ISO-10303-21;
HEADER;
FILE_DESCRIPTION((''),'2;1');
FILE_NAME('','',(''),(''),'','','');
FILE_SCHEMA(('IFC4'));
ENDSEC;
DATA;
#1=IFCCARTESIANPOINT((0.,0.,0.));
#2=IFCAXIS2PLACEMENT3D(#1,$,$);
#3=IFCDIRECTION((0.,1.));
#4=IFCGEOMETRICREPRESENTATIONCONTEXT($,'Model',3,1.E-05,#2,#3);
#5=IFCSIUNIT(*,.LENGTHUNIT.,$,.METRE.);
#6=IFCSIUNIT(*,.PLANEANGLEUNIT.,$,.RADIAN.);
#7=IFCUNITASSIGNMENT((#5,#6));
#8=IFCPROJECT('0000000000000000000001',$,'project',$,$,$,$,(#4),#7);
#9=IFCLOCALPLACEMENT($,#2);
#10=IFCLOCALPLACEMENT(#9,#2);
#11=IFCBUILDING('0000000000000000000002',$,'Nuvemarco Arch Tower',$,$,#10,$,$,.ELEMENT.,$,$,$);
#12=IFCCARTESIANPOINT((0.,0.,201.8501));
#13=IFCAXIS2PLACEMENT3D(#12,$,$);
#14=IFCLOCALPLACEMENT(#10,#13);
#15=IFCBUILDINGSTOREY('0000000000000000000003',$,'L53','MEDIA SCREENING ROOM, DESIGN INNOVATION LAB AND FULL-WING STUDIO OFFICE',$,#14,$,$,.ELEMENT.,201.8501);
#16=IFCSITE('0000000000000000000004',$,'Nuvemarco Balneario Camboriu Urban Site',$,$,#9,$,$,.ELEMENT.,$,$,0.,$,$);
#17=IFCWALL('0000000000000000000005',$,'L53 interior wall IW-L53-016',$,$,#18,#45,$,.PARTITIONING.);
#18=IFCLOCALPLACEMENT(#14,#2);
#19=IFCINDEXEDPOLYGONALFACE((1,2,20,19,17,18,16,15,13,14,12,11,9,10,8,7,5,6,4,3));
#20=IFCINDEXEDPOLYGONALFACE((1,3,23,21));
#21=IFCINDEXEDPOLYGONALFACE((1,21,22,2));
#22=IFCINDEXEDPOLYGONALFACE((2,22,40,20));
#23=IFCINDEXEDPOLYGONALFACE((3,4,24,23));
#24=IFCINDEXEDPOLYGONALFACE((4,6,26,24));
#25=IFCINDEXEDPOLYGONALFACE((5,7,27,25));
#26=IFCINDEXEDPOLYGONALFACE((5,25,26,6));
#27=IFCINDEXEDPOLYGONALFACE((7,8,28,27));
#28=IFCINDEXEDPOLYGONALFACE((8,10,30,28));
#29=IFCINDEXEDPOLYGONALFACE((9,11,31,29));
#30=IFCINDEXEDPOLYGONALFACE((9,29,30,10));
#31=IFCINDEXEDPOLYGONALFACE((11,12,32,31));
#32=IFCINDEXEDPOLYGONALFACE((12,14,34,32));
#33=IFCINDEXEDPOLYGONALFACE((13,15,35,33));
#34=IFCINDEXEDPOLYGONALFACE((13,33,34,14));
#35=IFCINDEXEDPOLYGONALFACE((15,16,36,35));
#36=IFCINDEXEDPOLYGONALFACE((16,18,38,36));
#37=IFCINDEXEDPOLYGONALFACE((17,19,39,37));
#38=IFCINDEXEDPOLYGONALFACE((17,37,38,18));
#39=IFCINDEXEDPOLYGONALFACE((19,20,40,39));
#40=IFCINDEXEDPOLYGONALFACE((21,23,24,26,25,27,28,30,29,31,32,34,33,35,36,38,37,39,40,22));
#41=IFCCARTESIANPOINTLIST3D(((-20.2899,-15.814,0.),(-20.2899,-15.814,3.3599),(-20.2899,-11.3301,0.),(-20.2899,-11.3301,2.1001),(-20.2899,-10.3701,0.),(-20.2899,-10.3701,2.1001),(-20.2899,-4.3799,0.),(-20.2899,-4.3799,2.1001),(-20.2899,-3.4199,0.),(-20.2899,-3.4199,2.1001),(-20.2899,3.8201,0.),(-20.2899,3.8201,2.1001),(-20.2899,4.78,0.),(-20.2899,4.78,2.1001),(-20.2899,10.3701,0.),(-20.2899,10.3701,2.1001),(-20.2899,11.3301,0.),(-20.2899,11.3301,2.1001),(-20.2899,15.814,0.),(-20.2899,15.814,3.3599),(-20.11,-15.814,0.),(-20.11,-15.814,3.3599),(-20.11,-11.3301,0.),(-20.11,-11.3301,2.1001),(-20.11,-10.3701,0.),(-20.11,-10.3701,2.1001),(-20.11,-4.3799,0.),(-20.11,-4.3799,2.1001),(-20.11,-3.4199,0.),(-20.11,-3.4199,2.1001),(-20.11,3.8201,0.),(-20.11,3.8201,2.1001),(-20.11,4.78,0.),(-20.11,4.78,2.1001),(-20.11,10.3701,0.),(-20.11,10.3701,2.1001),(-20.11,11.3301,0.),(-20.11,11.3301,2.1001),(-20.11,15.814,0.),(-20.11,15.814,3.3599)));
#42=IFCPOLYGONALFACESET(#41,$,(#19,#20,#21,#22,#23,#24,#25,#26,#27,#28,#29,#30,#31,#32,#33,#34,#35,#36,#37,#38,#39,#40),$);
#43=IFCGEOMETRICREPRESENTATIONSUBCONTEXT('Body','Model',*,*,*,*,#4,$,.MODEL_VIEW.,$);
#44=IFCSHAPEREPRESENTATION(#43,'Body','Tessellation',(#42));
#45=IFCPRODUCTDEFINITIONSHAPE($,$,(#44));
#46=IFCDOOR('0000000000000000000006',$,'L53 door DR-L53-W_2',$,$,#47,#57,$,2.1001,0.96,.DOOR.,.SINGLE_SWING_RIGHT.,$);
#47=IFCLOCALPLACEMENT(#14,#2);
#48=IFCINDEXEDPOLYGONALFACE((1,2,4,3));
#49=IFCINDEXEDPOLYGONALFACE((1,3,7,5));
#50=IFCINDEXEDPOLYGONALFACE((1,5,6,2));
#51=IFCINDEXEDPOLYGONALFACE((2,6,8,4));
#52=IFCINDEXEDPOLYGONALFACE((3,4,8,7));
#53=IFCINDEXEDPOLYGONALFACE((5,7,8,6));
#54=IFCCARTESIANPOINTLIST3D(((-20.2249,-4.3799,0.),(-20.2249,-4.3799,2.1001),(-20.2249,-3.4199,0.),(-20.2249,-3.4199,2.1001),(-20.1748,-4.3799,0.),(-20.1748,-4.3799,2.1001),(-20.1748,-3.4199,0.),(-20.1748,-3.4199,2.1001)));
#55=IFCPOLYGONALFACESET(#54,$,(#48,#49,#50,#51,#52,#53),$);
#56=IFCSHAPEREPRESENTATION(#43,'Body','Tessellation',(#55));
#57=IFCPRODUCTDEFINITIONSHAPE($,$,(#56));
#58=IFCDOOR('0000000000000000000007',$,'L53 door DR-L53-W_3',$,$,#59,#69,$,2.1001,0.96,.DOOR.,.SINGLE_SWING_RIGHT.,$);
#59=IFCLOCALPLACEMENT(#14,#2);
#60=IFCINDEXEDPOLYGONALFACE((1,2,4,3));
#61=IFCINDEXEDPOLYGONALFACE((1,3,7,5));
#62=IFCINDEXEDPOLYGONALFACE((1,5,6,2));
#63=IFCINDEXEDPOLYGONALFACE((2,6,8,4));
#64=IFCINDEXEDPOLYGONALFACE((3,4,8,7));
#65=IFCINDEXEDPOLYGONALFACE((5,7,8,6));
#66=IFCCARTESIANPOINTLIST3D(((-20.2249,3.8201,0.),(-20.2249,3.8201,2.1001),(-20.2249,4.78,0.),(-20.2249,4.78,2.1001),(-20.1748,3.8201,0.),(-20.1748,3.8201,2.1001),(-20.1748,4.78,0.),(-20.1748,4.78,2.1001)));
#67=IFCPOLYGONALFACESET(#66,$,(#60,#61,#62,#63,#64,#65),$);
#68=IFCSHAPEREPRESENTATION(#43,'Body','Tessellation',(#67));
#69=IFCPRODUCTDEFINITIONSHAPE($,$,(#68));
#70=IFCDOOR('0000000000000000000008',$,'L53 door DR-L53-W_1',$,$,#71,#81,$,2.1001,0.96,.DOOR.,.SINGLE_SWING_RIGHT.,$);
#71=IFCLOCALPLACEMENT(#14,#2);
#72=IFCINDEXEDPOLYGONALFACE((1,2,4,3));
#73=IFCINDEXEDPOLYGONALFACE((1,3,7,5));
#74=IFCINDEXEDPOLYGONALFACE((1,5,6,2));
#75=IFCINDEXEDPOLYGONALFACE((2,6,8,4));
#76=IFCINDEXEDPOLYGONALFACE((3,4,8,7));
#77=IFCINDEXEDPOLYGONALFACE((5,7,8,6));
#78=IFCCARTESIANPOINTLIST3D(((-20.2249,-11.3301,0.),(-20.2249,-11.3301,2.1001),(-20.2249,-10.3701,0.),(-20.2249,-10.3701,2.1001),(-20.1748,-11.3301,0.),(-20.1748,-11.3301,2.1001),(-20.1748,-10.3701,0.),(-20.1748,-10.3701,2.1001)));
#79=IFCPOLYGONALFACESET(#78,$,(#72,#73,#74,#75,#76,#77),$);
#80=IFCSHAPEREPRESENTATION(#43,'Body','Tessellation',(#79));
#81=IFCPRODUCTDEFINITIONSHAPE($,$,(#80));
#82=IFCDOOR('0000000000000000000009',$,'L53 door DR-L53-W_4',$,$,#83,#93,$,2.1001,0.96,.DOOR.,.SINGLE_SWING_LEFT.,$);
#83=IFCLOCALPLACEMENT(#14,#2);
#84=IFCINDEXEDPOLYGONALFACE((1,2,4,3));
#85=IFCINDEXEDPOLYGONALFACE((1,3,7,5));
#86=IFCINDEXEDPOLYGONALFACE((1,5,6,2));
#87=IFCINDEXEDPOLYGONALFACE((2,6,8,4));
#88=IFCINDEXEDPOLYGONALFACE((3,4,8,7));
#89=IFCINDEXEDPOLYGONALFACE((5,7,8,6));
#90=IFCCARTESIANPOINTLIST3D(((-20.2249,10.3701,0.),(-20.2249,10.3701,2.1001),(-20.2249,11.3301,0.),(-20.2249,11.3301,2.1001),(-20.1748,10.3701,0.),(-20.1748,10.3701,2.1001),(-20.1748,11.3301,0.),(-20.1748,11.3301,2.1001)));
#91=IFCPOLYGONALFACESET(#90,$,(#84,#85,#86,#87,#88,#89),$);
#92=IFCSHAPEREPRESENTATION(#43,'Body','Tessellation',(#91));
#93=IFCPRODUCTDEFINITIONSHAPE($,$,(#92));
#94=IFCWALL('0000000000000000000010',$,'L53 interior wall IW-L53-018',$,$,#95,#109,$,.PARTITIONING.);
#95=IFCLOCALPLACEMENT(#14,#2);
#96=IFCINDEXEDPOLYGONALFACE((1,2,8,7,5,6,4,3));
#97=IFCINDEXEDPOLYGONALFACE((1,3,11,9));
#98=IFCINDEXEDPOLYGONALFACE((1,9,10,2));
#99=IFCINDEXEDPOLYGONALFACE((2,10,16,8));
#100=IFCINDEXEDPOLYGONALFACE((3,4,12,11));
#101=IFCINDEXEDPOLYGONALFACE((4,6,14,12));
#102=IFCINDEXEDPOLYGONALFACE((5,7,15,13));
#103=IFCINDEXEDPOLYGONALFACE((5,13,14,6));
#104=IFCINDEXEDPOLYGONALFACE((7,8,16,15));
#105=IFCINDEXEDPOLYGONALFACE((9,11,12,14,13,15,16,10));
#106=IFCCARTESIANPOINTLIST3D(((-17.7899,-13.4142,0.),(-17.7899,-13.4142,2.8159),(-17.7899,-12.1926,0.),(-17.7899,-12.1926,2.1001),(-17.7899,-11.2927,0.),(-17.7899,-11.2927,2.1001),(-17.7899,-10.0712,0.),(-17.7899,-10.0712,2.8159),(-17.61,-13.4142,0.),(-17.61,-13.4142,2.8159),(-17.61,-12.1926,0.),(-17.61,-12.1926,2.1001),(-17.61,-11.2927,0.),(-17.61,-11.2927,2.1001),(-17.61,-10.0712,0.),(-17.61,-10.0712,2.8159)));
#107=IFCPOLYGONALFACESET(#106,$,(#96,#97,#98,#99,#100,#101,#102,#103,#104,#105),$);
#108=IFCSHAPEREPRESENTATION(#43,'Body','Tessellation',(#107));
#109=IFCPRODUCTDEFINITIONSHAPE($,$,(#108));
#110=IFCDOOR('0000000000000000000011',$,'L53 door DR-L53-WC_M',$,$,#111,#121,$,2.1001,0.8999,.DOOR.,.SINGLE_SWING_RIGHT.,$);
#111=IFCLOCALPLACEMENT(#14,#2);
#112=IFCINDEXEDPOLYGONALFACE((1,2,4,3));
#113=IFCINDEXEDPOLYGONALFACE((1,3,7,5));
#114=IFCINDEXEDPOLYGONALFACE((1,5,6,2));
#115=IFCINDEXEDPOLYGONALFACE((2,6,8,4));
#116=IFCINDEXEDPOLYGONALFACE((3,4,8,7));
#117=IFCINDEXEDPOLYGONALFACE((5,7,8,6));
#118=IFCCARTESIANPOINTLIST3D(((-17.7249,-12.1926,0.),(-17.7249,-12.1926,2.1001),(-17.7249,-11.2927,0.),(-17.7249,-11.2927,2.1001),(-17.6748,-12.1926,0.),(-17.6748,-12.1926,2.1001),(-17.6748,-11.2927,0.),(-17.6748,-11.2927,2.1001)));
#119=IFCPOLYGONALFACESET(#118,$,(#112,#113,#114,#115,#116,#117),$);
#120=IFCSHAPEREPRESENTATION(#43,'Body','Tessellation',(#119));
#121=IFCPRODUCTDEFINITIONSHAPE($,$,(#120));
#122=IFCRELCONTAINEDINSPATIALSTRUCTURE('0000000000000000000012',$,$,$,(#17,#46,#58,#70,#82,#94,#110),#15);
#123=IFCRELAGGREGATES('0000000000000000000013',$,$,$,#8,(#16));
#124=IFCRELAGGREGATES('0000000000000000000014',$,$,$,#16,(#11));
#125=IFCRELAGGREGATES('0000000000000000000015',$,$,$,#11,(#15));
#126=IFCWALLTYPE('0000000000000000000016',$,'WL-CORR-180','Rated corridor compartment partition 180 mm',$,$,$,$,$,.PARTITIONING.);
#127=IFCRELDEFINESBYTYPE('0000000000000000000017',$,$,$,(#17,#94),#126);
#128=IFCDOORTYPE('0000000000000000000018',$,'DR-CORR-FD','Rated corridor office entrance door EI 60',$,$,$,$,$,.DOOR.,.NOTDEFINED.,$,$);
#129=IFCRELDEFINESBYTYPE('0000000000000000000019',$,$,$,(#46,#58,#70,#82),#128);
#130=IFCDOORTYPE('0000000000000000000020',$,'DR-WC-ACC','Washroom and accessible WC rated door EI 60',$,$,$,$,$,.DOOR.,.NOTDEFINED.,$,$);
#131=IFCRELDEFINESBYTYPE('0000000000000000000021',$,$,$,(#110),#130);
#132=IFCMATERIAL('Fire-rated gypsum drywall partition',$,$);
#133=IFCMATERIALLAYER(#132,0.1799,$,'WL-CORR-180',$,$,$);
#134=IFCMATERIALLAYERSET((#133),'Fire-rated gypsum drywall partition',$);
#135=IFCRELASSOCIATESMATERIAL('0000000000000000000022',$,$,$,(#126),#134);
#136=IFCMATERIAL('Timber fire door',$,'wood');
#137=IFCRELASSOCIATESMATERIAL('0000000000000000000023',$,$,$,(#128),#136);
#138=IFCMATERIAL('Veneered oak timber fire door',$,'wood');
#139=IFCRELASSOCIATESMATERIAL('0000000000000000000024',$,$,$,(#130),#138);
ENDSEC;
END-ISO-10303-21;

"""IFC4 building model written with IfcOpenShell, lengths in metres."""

from ifc_helpers import new_model, si_unit, direction, frame, frame_2d, origin, place, context, subcontext, project, spatial, rectangle, extrude, source, transform, mapped, material, layer, layer_set, type_object, type_shapes, element, fill, save


model = new_model("IFC4")

# Units and contexts
model_context = context("Model", 3, precision=1e-05, world=origin(), true_north=direction((0.0, 1.0)))
body_context = subcontext(model_context, "Body", "Model", "MODEL_VIEW")
ifc_project = project(units=[si_unit("LENGTHUNIT", "METRE"), si_unit("PLANEANGLEUNIT", "RADIAN")], contexts=[model_context])

# Site, building, storey
site_placement = place(None, origin())
site = spatial("IfcSite", under=ifc_project, at=site_placement, Name="Nuvemarco Balneario Camboriu Urban Site", CompositionType="ELEMENT", RefElevation=0.0)
building_placement = place(site_placement, origin())
building = spatial("IfcBuilding", under=site, at=building_placement, Name="Nuvemarco Arch Tower", CompositionType="ELEMENT")
storey_placement = place(building_placement, frame((0.0, 0.0, 201.8501)))
storey = spatial("IfcBuildingStorey", under=building, at=storey_placement, Name="L53", Description="MEDIA SCREENING ROOM, DESIGN INNOVATION LAB AND FULL-WING STUDIO OFFICE", CompositionType="ELEMENT", Elevation=201.8501)

# Wall, openings, doors
ifc_material_1 = material(Name="Fire-rated gypsum drywall partition")
ifc_layer = layer(ifc_material_1, 0.1799, Name="WL-CORR-180")
ifc_layer_set = layer_set([ifc_layer], Name="Fire-rated gypsum drywall partition")
wall_type = type_object("IfcWallType", Name="WL-CORR-180", Description="Rated corridor compartment partition 180 mm", PredefinedType="PARTITIONING", material=ifc_layer_set)
ifc_material_2 = material(Name="Timber fire door", Category="wood")
door_type_1 = type_object("IfcDoorType", Name="DR-CORR-FD", Description="Rated corridor office entrance door EI 60", OperationType="NOTDEFINED", PredefinedType="DOOR", material=ifc_material_2)
shared_shape_1 = source(origin(), body_context, "Body", "SweptSolid", [
    extrude(rectangle(XDim=0.96, YDim=2.1001, at=frame_2d((0.48, 1.05))), frame((0.0, 0.0249, 0.0), z_axis=(0.0, -1.0, 0.0), x_axis=(1.0, 0.0, 0.0)), (0.0, 0.0, 1.0), 0.05),
])
type_shapes(door_type_1, [shared_shape_1])
ifc_material_3 = material(Name="Veneered oak timber fire door", Category="wood")
door_type_2 = type_object("IfcDoorType", Name="DR-WC-ACC", Description="Washroom and accessible WC rated door EI 60", OperationType="NOTDEFINED", PredefinedType="DOOR", material=ifc_material_3)
shared_shape_2 = source(origin(), body_context, "Body", "SweptSolid", [
    extrude(rectangle(XDim=0.8999, YDim=2.1001, at=frame_2d((0.45, 1.05))), frame((0.0, 0.0249, 0.0), z_axis=(0.0, -1.0, 0.0), x_axis=(1.0, 0.0, 0.0)), (0.0, 0.0, 1.0), 0.05),
])
type_shapes(door_type_2, [shared_shape_2])
wall_1_placement = place(storey_placement, frame((-20.2, -15.814, 0.0), z_axis=(0.0, 0.0, 1.0), x_axis=(0.0, 1.0, 0.0)))
wall_1 = element("IfcWall", 1, at=wall_1_placement, inside=storey, type_object=wall_type, Name="L53 interior wall IW-L53-016", PredefinedType="PARTITIONING", context=body_context, shape_type="SweptSolid", body=[
    extrude(rectangle(XDim=31.6279, YDim=0.1799, at=frame_2d((15.814, 0.0))), origin(), (0.0, 0.0, 1.0), 3.3599),
])
opening_1_placement = place(wall_1_placement, frame((11.4341, 0.0, 0.0)))
opening_1 = element("IfcOpeningElement", 2, at=opening_1_placement, cuts=wall_1, PredefinedType="OPENING", context=body_context, shape_type="SweptSolid", body=[
    extrude(rectangle(XDim=0.96, YDim=2.1001, at=frame_2d((0.48, 1.05))), frame((0.0, 0.0999, 0.0), z_axis=(0.0, -1.0, 0.0), x_axis=(1.0, 0.0, 0.0)), (0.0, 0.0, 1.0), 0.2),
])
opening_2_placement = place(wall_1_placement, frame((19.634, 0.0, 0.0)))
opening_2 = element("IfcOpeningElement", 3, at=opening_2_placement, cuts=wall_1, PredefinedType="OPENING", context=body_context, shape_type="SweptSolid", body=[
    extrude(rectangle(XDim=0.96, YDim=2.1001, at=frame_2d((0.48, 1.05))), frame((0.0, 0.0999, 0.0), z_axis=(0.0, -1.0, 0.0), x_axis=(1.0, 0.0, 0.0)), (0.0, 0.0, 1.0), 0.2),
])
opening_3_placement = place(wall_1_placement, frame((4.4839, 0.0, 0.0)))
opening_3 = element("IfcOpeningElement", 4, at=opening_3_placement, cuts=wall_1, PredefinedType="OPENING", context=body_context, shape_type="SweptSolid", body=[
    extrude(rectangle(XDim=0.96, YDim=2.1001, at=frame_2d((0.48, 1.05))), frame((0.0, 0.0999, 0.0), z_axis=(0.0, -1.0, 0.0), x_axis=(1.0, 0.0, 0.0)), (0.0, 0.0, 1.0), 0.2),
])
opening_4_placement = place(wall_1_placement, frame((26.1841, 0.0, 0.0)))
opening_4 = element("IfcOpeningElement", 5, at=opening_4_placement, cuts=wall_1, PredefinedType="OPENING", context=body_context, shape_type="SweptSolid", body=[
    extrude(rectangle(XDim=0.96, YDim=2.1001, at=frame_2d((0.48, 1.05))), frame((0.0, 0.0999, 0.0), z_axis=(0.0, -1.0, 0.0), x_axis=(1.0, 0.0, 0.0)), (0.0, 0.0, 1.0), 0.2),
])
door_1_placement = place(opening_1_placement, origin())
door_1 = element("IfcDoor", 6, at=door_1_placement, inside=storey, type_object=door_type_1, Name="L53 door DR-L53-W_2", OperationType="SINGLE_SWING_RIGHT", OverallHeight=2.1001, OverallWidth=0.96, PredefinedType="DOOR", context=body_context, shape_type="MappedRepresentation", body=[
    mapped(shared_shape_1, transform((0.0, 0.0, 0.0), scale=1.0)),
])
fill(opening_1, door_1)
door_2_placement = place(opening_2_placement, origin())
door_2 = element("IfcDoor", 7, at=door_2_placement, inside=storey, type_object=door_type_1, Name="L53 door DR-L53-W_3", OperationType="SINGLE_SWING_RIGHT", OverallHeight=2.1001, OverallWidth=0.96, PredefinedType="DOOR", context=body_context, shape_type="MappedRepresentation", body=[
    mapped(shared_shape_1, transform((0.0, 0.0, 0.0), scale=1.0)),
])
fill(opening_2, door_2)
door_3_placement = place(opening_3_placement, origin())
door_3 = element("IfcDoor", 8, at=door_3_placement, inside=storey, type_object=door_type_1, Name="L53 door DR-L53-W_1", OperationType="SINGLE_SWING_RIGHT", OverallHeight=2.1001, OverallWidth=0.96, PredefinedType="DOOR", context=body_context, shape_type="MappedRepresentation", body=[
    mapped(shared_shape_1, transform((0.0, 0.0, 0.0), scale=1.0)),
])
fill(opening_3, door_3)
door_4_placement = place(opening_4_placement, origin())
door_4 = element("IfcDoor", 9, at=door_4_placement, inside=storey, type_object=door_type_1, Name="L53 door DR-L53-W_4", OperationType="SINGLE_SWING_LEFT", OverallHeight=2.1001, OverallWidth=0.96, PredefinedType="DOOR", context=body_context, shape_type="MappedRepresentation", body=[
    mapped(shared_shape_1, transform((0.0, 0.0, 0.0), scale=1.0)),
])
fill(opening_4, door_4)

# Wall, opening, door
wall_2_placement = place(storey_placement, frame((-17.7, -13.4141, 0.0), z_axis=(0.0, 0.0, 1.0), x_axis=(0.0, 1.0, 0.0)))
wall_2 = element("IfcWall", 10, at=wall_2_placement, inside=storey, type_object=wall_type, Name="L53 interior wall IW-L53-018", PredefinedType="PARTITIONING", context=body_context, shape_type="SweptSolid", body=[
    extrude(rectangle(XDim=3.343, YDim=0.1799, at=frame_2d((1.6714, 0.0))), origin(), (0.0, 0.0, 1.0), 2.8159),
])
opening_5_placement = place(wall_2_placement, frame((1.2214, 0.0, 0.0)))
opening_5 = element("IfcOpeningElement", 11, at=opening_5_placement, cuts=wall_2, PredefinedType="OPENING", context=body_context, shape_type="SweptSolid", body=[
    extrude(rectangle(XDim=0.8999, YDim=2.1001, at=frame_2d((0.45, 1.05))), frame((0.0, 0.0999, 0.0), z_axis=(0.0, -1.0, 0.0), x_axis=(1.0, 0.0, 0.0)), (0.0, 0.0, 1.0), 0.2),
])
door_5_placement = place(opening_5_placement, origin())
door_5 = element("IfcDoor", 12, at=door_5_placement, inside=storey, type_object=door_type_2, Name="L53 door DR-L53-WC_M", OperationType="SINGLE_SWING_RIGHT", OverallHeight=2.1001, OverallWidth=0.8999, PredefinedType="DOOR", context=body_context, shape_type="MappedRepresentation", body=[
    mapped(shared_shape_2, transform((0.0, 0.0, 0.0), scale=1.0)),
])
fill(opening_5, door_5)

save(model, "model.ifc")
